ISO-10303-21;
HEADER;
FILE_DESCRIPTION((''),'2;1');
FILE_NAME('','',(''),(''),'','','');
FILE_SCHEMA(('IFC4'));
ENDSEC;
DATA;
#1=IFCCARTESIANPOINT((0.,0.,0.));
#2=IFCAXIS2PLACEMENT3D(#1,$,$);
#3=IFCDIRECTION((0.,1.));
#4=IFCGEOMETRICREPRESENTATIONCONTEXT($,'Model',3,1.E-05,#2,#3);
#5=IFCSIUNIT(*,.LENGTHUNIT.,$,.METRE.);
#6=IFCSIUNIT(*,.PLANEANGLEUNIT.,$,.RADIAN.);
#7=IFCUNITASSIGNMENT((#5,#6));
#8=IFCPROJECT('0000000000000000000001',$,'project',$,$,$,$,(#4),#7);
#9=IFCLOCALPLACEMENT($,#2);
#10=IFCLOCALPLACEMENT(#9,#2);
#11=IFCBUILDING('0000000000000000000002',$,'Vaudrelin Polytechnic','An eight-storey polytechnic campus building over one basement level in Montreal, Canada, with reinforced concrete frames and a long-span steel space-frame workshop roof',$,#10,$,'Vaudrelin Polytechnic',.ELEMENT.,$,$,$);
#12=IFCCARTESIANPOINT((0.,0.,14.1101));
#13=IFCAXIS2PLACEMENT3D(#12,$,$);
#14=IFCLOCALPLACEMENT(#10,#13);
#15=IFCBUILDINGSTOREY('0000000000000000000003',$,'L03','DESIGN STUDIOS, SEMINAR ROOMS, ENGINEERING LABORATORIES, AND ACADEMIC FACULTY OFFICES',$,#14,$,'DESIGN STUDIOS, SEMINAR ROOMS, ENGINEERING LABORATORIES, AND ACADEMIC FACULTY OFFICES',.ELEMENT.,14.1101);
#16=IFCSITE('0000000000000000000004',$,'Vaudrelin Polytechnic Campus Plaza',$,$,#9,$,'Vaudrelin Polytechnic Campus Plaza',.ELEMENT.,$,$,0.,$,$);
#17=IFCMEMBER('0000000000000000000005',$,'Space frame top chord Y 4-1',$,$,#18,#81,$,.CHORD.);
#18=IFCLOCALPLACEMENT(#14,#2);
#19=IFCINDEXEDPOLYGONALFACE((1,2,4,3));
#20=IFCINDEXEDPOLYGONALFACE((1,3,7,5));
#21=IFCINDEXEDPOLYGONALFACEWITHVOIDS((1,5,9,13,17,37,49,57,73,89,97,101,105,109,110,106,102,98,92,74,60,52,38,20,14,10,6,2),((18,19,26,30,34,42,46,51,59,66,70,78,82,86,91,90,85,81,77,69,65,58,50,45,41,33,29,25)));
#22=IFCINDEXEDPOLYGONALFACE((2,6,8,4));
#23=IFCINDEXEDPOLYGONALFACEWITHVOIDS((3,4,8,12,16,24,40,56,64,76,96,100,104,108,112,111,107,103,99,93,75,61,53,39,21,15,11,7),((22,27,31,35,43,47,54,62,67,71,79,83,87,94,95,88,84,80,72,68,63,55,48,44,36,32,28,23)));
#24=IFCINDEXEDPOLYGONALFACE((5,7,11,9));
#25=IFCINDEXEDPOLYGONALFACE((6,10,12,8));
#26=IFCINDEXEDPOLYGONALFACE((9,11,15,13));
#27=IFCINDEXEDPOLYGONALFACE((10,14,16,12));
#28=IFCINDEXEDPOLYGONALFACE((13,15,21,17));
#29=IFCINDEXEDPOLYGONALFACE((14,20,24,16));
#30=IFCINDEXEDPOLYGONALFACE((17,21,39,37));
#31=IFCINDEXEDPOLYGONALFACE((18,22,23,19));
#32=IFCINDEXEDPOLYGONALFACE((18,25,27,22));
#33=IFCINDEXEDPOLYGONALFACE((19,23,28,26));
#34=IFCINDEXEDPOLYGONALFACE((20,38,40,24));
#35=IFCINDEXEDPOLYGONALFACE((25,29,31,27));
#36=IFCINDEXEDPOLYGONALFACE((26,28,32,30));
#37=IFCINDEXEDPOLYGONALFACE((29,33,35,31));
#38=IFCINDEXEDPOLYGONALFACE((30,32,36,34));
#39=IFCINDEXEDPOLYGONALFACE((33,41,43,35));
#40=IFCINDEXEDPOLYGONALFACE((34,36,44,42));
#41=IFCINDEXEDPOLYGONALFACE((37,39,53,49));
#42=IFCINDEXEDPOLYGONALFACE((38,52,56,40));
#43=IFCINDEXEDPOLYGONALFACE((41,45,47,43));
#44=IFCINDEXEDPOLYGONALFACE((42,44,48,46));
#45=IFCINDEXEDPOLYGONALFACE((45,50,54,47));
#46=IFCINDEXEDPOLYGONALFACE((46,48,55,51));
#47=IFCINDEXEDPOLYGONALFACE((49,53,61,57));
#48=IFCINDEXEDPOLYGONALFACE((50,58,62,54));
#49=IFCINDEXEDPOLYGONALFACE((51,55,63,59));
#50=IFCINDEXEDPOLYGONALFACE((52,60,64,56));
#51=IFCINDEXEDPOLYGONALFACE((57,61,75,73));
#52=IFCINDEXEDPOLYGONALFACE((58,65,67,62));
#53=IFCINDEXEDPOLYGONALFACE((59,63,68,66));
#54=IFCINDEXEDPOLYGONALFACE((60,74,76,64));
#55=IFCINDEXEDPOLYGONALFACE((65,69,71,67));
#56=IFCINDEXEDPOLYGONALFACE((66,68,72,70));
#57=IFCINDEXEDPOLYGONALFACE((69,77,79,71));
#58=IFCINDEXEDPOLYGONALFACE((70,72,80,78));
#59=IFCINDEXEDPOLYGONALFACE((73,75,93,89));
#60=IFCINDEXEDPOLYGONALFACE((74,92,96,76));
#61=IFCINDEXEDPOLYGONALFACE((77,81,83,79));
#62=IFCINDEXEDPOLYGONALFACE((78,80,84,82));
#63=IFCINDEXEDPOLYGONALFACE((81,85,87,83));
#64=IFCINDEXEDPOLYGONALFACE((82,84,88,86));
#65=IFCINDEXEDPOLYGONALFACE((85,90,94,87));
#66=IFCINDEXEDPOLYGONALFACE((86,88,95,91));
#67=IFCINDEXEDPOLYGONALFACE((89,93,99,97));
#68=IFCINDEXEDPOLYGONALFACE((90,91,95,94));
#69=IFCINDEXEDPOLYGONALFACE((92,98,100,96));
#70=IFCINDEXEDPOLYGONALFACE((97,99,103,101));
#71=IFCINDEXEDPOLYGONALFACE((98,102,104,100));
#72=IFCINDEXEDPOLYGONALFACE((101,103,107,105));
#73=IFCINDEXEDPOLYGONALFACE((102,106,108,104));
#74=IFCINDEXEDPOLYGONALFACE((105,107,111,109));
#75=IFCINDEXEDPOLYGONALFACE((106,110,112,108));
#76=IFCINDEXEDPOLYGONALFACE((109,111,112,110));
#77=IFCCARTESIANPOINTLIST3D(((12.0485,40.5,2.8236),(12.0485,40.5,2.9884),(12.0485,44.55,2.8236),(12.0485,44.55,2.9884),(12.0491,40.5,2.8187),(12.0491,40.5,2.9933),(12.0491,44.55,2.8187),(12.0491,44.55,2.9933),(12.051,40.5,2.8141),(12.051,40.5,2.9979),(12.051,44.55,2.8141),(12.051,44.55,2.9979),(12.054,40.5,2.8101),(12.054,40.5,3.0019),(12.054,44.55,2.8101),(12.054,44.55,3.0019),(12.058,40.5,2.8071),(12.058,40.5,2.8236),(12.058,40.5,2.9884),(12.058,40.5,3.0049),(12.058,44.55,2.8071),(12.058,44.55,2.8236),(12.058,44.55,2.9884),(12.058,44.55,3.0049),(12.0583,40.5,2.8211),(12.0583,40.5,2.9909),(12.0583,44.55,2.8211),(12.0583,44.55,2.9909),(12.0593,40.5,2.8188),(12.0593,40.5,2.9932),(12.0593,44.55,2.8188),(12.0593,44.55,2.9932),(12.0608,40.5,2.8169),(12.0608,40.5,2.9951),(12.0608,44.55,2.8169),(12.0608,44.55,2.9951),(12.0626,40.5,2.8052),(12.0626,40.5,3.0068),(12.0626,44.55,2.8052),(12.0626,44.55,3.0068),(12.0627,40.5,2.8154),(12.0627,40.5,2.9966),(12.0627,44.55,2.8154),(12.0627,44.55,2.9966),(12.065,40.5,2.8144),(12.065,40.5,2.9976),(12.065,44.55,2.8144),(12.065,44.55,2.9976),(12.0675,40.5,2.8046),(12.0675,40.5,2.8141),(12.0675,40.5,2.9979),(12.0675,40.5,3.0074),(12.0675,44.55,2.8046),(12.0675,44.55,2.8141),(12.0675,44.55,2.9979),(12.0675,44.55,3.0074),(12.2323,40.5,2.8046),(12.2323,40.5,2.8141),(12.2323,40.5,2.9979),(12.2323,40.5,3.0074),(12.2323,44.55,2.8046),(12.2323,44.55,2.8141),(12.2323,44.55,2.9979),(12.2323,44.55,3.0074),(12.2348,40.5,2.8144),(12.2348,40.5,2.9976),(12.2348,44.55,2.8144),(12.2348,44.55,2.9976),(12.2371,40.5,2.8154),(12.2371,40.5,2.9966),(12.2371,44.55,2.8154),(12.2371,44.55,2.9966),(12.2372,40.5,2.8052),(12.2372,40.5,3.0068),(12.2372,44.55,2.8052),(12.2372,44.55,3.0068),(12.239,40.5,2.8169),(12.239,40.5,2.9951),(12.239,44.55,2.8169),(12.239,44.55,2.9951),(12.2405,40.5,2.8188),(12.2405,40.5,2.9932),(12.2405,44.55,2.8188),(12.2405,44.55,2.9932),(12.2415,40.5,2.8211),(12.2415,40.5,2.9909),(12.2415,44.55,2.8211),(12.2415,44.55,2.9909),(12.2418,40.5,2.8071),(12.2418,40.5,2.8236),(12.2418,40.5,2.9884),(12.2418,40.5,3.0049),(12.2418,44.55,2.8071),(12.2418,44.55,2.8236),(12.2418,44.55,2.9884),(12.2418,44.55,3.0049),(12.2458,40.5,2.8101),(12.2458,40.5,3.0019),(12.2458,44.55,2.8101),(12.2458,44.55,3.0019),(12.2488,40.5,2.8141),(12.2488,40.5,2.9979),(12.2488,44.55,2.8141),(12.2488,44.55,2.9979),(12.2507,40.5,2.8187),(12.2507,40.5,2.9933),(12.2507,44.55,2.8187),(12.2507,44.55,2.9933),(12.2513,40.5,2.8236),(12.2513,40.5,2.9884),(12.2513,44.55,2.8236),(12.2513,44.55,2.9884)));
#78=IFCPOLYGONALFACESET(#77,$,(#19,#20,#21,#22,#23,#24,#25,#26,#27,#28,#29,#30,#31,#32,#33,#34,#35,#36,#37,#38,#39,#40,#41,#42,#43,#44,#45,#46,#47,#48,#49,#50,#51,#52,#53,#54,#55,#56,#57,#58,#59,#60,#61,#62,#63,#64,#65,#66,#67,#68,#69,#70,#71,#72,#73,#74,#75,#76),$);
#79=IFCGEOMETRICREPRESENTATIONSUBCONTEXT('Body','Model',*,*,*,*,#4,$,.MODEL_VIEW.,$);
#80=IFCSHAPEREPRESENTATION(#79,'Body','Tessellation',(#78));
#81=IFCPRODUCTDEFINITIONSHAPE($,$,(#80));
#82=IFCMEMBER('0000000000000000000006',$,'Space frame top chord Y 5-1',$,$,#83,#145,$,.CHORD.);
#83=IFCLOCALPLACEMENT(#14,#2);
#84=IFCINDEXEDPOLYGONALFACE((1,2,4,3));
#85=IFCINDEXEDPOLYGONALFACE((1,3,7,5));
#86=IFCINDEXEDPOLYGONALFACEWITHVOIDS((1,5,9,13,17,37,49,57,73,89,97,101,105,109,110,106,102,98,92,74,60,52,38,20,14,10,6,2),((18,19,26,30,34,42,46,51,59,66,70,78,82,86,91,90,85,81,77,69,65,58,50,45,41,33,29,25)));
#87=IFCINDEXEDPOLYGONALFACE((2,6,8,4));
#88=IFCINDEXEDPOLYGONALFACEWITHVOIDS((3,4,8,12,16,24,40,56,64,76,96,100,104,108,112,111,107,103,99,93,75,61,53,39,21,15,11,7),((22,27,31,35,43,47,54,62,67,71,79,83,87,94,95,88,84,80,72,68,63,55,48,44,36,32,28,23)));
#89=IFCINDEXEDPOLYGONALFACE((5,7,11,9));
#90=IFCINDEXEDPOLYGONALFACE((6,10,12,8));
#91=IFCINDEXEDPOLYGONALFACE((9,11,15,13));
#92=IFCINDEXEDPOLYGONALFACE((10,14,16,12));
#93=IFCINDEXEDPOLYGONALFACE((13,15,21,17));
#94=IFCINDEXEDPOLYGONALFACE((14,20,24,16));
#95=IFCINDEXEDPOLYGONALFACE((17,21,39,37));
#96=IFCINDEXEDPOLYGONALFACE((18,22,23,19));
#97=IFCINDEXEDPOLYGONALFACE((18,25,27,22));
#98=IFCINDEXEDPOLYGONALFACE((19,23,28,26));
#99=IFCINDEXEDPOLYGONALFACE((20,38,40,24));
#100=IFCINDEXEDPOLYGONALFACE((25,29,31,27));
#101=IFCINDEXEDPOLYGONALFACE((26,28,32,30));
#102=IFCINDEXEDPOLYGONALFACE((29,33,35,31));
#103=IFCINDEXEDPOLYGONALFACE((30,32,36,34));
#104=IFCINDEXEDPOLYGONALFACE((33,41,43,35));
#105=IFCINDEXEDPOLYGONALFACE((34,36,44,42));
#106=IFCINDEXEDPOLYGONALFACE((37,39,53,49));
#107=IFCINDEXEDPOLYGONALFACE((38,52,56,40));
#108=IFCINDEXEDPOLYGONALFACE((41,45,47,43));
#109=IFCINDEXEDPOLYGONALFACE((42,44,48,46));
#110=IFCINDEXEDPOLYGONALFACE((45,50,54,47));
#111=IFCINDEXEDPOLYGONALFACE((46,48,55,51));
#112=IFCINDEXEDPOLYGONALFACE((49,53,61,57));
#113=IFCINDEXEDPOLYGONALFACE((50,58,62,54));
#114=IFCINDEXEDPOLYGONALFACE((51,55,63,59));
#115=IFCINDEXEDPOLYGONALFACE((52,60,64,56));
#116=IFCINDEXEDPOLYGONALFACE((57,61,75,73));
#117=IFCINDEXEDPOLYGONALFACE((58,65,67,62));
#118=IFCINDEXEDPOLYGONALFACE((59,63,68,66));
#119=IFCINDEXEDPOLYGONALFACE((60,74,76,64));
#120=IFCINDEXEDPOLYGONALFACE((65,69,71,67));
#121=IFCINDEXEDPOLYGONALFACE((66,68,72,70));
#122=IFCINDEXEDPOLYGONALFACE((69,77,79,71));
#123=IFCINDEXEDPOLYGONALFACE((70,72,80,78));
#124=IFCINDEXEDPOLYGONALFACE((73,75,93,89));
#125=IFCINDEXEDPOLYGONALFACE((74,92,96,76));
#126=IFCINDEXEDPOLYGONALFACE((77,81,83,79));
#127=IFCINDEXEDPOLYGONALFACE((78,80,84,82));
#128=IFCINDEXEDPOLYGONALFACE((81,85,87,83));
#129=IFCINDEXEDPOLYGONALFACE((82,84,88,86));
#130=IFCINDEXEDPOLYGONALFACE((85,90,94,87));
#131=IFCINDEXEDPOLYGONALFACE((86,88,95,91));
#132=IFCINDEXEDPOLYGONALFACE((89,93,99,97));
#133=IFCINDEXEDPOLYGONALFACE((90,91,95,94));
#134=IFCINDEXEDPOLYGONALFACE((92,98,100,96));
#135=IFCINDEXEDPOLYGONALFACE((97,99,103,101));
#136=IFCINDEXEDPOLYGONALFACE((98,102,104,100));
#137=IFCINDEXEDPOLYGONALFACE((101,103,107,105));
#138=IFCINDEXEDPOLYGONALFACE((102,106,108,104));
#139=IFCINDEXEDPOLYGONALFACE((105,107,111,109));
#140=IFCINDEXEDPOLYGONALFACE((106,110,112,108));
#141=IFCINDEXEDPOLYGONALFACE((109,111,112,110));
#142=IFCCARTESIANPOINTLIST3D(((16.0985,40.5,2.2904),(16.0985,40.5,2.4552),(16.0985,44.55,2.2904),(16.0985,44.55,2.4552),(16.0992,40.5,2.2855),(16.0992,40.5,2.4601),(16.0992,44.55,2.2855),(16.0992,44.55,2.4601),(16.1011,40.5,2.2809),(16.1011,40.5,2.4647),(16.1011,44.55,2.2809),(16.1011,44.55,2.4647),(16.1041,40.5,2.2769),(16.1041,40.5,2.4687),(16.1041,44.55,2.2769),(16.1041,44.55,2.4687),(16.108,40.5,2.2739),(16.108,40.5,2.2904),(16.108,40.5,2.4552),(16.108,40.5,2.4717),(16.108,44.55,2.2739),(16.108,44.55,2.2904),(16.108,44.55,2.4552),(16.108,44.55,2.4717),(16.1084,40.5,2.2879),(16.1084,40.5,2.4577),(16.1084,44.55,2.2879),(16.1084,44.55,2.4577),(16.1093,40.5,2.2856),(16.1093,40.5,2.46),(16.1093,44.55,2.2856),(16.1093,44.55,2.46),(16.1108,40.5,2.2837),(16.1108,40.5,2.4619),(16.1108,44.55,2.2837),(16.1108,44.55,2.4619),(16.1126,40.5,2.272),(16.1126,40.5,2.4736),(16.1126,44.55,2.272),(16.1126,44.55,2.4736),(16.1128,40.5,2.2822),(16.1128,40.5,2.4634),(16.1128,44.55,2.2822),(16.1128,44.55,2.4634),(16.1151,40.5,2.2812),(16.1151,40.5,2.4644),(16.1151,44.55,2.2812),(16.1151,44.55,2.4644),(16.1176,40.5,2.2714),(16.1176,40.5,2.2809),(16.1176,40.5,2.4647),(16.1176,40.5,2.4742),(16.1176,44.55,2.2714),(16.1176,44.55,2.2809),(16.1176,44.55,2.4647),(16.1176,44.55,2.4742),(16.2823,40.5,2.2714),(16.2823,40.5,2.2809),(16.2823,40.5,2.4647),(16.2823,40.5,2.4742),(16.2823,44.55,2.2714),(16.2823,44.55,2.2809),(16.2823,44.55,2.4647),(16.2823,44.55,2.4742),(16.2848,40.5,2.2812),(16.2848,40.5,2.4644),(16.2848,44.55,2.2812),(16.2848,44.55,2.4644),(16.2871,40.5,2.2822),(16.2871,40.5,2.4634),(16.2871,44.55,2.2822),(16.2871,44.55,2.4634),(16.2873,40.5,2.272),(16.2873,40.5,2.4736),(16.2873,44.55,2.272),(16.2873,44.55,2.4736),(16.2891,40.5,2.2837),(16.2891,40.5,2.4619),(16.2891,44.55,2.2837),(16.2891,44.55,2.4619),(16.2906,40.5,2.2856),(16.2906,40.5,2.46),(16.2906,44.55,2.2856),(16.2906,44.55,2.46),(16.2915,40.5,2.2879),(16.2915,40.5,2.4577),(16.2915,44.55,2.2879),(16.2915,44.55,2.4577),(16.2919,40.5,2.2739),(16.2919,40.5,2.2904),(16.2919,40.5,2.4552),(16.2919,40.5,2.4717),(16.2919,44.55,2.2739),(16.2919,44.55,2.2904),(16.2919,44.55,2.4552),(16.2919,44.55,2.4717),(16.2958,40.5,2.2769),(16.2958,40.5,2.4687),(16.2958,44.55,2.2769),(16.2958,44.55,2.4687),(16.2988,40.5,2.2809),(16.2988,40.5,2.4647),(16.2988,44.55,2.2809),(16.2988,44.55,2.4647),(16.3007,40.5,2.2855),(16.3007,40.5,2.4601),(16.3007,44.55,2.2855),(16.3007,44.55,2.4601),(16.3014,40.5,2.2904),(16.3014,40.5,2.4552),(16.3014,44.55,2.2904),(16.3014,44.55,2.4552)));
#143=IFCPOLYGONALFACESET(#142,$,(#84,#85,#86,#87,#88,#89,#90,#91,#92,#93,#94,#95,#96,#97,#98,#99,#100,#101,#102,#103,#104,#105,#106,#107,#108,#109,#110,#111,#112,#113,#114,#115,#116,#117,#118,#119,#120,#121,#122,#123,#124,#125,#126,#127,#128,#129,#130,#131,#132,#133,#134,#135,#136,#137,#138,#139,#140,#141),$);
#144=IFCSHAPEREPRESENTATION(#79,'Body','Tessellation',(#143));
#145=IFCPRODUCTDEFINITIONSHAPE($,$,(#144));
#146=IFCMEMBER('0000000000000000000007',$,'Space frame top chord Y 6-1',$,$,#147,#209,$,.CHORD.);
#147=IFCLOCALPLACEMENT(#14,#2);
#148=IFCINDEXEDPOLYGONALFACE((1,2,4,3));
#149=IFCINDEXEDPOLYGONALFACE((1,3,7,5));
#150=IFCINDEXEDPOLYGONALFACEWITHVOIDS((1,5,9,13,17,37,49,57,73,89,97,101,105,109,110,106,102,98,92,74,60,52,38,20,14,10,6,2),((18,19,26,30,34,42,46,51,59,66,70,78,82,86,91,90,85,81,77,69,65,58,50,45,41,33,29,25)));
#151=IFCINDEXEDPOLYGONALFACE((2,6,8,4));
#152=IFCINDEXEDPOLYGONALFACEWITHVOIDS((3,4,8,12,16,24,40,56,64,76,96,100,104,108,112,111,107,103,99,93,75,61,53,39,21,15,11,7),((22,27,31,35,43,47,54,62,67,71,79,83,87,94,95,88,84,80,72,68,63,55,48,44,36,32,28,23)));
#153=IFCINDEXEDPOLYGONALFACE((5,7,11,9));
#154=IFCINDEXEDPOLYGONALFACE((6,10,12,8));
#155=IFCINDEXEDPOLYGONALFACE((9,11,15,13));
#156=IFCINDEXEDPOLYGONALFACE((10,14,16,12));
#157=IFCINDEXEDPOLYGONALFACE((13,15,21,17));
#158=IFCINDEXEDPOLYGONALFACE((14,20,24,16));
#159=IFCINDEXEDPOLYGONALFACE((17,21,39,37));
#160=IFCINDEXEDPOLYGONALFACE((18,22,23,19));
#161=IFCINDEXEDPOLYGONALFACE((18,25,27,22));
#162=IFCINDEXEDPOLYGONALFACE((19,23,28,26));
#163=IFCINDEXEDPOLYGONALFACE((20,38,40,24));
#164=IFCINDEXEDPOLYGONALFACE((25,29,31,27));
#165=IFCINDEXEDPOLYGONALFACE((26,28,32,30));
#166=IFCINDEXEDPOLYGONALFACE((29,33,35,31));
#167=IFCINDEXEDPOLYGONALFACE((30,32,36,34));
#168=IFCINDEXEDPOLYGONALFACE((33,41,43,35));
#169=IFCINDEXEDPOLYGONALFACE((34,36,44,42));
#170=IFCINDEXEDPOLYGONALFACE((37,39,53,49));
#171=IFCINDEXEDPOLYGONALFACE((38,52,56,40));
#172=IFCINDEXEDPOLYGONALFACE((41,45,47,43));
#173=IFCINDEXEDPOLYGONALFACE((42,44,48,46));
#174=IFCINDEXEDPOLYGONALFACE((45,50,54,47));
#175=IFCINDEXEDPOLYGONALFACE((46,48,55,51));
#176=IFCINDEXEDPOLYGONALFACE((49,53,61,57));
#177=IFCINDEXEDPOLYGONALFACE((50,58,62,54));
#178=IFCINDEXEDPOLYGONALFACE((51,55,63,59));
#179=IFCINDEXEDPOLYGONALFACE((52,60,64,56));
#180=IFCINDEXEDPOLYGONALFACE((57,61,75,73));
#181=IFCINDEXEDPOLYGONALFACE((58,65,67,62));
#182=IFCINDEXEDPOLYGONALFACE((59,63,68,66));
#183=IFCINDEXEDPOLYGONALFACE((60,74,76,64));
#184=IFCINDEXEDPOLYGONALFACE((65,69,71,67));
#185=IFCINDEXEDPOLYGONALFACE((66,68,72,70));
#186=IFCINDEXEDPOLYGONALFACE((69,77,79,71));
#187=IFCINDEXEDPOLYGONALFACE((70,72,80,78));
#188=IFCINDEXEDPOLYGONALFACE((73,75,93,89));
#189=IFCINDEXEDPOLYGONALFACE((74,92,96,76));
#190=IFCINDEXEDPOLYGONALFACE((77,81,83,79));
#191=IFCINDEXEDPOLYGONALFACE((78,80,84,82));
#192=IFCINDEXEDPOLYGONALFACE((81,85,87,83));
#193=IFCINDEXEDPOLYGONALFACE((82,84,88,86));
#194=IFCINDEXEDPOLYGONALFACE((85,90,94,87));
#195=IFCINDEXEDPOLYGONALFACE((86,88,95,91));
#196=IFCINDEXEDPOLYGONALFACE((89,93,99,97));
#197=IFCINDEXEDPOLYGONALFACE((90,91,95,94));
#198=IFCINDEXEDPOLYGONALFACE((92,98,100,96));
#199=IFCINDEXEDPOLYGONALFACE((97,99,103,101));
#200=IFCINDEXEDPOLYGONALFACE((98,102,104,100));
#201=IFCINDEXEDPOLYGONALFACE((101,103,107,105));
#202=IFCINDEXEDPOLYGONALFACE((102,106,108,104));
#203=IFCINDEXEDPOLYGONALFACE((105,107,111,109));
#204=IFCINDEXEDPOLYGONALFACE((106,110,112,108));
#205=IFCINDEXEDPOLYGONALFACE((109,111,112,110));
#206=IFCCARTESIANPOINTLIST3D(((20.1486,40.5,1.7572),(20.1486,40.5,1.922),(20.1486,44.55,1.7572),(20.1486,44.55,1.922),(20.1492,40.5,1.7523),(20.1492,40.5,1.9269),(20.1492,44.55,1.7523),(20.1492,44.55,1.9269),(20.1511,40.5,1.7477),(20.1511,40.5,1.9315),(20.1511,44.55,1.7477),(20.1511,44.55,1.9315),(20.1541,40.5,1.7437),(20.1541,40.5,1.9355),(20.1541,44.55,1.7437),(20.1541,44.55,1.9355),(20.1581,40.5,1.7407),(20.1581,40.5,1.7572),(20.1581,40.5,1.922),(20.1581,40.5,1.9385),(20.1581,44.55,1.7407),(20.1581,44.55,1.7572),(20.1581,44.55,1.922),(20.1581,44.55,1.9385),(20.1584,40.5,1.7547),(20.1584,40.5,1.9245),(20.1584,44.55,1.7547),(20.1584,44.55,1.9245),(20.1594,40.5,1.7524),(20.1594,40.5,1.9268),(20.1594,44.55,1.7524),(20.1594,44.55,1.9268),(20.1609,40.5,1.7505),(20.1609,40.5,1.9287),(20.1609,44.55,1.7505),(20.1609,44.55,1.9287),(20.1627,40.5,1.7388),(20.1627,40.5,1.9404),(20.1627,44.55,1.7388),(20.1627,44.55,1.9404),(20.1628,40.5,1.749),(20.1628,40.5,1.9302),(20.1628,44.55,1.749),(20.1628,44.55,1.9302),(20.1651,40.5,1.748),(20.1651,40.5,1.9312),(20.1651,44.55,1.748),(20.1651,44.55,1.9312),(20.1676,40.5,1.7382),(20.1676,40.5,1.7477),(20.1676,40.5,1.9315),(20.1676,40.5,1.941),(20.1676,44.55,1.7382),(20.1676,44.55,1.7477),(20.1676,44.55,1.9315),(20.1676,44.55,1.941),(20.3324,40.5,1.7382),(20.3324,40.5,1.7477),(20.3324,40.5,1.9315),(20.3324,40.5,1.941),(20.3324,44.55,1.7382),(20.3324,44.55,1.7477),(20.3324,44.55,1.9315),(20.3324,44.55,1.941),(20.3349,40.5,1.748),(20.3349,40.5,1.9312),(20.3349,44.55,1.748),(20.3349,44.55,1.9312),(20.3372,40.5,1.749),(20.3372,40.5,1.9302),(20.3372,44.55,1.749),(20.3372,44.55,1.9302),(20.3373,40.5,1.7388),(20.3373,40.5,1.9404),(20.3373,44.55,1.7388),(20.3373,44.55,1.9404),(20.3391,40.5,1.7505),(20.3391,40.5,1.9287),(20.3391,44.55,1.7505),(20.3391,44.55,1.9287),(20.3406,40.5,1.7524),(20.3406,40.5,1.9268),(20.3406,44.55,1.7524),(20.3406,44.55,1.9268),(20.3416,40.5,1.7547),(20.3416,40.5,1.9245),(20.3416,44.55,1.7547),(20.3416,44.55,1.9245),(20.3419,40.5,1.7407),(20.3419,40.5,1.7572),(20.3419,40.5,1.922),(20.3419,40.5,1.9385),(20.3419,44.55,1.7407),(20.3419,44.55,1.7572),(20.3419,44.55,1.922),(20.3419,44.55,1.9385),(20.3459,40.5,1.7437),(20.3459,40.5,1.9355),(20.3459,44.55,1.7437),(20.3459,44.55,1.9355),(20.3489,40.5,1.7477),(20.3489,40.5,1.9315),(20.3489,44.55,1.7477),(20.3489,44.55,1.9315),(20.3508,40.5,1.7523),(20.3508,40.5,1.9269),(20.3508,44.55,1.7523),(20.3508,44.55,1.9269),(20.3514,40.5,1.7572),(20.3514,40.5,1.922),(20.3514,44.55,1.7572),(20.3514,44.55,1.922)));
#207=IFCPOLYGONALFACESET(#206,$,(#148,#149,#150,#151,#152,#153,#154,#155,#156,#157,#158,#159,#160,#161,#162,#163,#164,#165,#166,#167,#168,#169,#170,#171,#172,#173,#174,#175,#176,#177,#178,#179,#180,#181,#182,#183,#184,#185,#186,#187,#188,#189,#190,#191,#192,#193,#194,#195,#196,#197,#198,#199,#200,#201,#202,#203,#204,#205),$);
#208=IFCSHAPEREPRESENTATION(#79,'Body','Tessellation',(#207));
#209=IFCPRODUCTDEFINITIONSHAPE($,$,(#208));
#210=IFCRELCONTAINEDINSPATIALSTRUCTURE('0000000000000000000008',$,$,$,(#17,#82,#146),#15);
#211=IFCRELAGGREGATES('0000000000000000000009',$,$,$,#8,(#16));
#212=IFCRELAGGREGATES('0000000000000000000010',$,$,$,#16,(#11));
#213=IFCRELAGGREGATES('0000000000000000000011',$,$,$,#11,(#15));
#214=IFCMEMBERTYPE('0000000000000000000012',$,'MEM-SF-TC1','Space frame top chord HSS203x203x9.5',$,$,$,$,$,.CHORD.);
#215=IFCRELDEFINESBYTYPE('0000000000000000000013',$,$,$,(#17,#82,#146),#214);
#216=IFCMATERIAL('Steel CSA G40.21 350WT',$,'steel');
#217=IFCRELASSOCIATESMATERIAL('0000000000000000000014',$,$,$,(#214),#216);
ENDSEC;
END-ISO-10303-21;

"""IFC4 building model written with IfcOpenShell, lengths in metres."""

from ifc_helpers import new_model, si_unit, direction, frame, origin, origin_2d, place, context, subcontext, project, spatial, hollow_rectangle, extrude, material, material_profile, profile_set, type_object, element, save


model = new_model("IFC4")

# Units and contexts
model_context = context("Model", 3, precision=1e-05, world=origin(), true_north=direction((0.0, 1.0)))
body_context = subcontext(model_context, "Body", "Model", "MODEL_VIEW")
ifc_project = project(units=[si_unit("LENGTHUNIT", "METRE"), si_unit("PLANEANGLEUNIT", "RADIAN")], contexts=[model_context])

# Site, building, storey
site_placement = place(None, origin())
site = spatial("IfcSite", under=ifc_project, at=site_placement, Name="Vaudrelin Polytechnic Campus Plaza", LongName="Vaudrelin Polytechnic Campus Plaza", CompositionType="ELEMENT", RefElevation=0.0)
building_placement = place(site_placement, origin())
building = spatial("IfcBuilding", under=site, at=building_placement, Name="Vaudrelin Polytechnic", Description="An eight-storey polytechnic campus building over one basement level in Montreal, Canada, with reinforced concrete frames and a long-span steel space-frame workshop roof", LongName="Vaudrelin Polytechnic", CompositionType="ELEMENT")
storey_placement = place(building_placement, frame((0.0, 0.0, 14.1101)))
storey = spatial("IfcBuildingStorey", under=building, at=storey_placement, Name="L03", Description="DESIGN STUDIOS, SEMINAR ROOMS, ENGINEERING LABORATORIES, AND ACADEMIC FACULTY OFFICES", LongName="DESIGN STUDIOS, SEMINAR ROOMS, ENGINEERING LABORATORIES, AND ACADEMIC FACULTY OFFICES", CompositionType="ELEMENT", Elevation=14.1101)

# Members
ifc_material_1 = material(Name="Steel CSA G40.21 350WT", Category="steel")
ifc_material_profile_1 = material_profile(ifc_material_1, hollow_rectangle(XDim=0.2029, YDim=0.2029, WallThickness=0.0095, InnerFilletRadius=0.0095, OuterFilletRadius=0.019, at=origin_2d()), Name="HSS203x203x9.5")
ifc_profile_set_1 = profile_set([ifc_material_profile_1], Name="Steel CSA G40.21 350WT")
member_type_1 = type_object("IfcMemberType", Name="MEM-SF-TC1", Description="Space frame top chord HSS203x203x9.5", PredefinedType="CHORD", material=ifc_profile_set_1)
for number, where, z_axis, x_axis, name in (
    (1, (12.1499, 40.5, 2.906), (0.0, 1.0, 0.0), (-1.0, 0.0, 0.0), "Space frame top chord Y 4-1"),
    (2, (16.2, 40.5, 2.3728), (0.0, 1.0, 0.0), (-1.0, 0.0, 0.0), "Space frame top chord Y 5-1"),
    (3, (20.25, 40.5, 1.8396), (0.0, 1.0, 0.0), (-1.0, 0.0, 0.0), "Space frame top chord Y 6-1"),
):
    element("IfcMember", number, at=place(storey_placement, frame(where, z_axis=z_axis, x_axis=x_axis)), inside=storey, type_object=member_type_1, Name=name, PredefinedType="CHORD", context=body_context, shape_type="SweptSolid", body=[
        extrude(hollow_rectangle(XDim=0.2029, YDim=0.2029, WallThickness=0.0095, InnerFilletRadius=0.0095, OuterFilletRadius=0.019, at=origin_2d()), origin(), (0.0, 0.0, 1.0), 4.05),
    ])

save(model, "model.ifc")
